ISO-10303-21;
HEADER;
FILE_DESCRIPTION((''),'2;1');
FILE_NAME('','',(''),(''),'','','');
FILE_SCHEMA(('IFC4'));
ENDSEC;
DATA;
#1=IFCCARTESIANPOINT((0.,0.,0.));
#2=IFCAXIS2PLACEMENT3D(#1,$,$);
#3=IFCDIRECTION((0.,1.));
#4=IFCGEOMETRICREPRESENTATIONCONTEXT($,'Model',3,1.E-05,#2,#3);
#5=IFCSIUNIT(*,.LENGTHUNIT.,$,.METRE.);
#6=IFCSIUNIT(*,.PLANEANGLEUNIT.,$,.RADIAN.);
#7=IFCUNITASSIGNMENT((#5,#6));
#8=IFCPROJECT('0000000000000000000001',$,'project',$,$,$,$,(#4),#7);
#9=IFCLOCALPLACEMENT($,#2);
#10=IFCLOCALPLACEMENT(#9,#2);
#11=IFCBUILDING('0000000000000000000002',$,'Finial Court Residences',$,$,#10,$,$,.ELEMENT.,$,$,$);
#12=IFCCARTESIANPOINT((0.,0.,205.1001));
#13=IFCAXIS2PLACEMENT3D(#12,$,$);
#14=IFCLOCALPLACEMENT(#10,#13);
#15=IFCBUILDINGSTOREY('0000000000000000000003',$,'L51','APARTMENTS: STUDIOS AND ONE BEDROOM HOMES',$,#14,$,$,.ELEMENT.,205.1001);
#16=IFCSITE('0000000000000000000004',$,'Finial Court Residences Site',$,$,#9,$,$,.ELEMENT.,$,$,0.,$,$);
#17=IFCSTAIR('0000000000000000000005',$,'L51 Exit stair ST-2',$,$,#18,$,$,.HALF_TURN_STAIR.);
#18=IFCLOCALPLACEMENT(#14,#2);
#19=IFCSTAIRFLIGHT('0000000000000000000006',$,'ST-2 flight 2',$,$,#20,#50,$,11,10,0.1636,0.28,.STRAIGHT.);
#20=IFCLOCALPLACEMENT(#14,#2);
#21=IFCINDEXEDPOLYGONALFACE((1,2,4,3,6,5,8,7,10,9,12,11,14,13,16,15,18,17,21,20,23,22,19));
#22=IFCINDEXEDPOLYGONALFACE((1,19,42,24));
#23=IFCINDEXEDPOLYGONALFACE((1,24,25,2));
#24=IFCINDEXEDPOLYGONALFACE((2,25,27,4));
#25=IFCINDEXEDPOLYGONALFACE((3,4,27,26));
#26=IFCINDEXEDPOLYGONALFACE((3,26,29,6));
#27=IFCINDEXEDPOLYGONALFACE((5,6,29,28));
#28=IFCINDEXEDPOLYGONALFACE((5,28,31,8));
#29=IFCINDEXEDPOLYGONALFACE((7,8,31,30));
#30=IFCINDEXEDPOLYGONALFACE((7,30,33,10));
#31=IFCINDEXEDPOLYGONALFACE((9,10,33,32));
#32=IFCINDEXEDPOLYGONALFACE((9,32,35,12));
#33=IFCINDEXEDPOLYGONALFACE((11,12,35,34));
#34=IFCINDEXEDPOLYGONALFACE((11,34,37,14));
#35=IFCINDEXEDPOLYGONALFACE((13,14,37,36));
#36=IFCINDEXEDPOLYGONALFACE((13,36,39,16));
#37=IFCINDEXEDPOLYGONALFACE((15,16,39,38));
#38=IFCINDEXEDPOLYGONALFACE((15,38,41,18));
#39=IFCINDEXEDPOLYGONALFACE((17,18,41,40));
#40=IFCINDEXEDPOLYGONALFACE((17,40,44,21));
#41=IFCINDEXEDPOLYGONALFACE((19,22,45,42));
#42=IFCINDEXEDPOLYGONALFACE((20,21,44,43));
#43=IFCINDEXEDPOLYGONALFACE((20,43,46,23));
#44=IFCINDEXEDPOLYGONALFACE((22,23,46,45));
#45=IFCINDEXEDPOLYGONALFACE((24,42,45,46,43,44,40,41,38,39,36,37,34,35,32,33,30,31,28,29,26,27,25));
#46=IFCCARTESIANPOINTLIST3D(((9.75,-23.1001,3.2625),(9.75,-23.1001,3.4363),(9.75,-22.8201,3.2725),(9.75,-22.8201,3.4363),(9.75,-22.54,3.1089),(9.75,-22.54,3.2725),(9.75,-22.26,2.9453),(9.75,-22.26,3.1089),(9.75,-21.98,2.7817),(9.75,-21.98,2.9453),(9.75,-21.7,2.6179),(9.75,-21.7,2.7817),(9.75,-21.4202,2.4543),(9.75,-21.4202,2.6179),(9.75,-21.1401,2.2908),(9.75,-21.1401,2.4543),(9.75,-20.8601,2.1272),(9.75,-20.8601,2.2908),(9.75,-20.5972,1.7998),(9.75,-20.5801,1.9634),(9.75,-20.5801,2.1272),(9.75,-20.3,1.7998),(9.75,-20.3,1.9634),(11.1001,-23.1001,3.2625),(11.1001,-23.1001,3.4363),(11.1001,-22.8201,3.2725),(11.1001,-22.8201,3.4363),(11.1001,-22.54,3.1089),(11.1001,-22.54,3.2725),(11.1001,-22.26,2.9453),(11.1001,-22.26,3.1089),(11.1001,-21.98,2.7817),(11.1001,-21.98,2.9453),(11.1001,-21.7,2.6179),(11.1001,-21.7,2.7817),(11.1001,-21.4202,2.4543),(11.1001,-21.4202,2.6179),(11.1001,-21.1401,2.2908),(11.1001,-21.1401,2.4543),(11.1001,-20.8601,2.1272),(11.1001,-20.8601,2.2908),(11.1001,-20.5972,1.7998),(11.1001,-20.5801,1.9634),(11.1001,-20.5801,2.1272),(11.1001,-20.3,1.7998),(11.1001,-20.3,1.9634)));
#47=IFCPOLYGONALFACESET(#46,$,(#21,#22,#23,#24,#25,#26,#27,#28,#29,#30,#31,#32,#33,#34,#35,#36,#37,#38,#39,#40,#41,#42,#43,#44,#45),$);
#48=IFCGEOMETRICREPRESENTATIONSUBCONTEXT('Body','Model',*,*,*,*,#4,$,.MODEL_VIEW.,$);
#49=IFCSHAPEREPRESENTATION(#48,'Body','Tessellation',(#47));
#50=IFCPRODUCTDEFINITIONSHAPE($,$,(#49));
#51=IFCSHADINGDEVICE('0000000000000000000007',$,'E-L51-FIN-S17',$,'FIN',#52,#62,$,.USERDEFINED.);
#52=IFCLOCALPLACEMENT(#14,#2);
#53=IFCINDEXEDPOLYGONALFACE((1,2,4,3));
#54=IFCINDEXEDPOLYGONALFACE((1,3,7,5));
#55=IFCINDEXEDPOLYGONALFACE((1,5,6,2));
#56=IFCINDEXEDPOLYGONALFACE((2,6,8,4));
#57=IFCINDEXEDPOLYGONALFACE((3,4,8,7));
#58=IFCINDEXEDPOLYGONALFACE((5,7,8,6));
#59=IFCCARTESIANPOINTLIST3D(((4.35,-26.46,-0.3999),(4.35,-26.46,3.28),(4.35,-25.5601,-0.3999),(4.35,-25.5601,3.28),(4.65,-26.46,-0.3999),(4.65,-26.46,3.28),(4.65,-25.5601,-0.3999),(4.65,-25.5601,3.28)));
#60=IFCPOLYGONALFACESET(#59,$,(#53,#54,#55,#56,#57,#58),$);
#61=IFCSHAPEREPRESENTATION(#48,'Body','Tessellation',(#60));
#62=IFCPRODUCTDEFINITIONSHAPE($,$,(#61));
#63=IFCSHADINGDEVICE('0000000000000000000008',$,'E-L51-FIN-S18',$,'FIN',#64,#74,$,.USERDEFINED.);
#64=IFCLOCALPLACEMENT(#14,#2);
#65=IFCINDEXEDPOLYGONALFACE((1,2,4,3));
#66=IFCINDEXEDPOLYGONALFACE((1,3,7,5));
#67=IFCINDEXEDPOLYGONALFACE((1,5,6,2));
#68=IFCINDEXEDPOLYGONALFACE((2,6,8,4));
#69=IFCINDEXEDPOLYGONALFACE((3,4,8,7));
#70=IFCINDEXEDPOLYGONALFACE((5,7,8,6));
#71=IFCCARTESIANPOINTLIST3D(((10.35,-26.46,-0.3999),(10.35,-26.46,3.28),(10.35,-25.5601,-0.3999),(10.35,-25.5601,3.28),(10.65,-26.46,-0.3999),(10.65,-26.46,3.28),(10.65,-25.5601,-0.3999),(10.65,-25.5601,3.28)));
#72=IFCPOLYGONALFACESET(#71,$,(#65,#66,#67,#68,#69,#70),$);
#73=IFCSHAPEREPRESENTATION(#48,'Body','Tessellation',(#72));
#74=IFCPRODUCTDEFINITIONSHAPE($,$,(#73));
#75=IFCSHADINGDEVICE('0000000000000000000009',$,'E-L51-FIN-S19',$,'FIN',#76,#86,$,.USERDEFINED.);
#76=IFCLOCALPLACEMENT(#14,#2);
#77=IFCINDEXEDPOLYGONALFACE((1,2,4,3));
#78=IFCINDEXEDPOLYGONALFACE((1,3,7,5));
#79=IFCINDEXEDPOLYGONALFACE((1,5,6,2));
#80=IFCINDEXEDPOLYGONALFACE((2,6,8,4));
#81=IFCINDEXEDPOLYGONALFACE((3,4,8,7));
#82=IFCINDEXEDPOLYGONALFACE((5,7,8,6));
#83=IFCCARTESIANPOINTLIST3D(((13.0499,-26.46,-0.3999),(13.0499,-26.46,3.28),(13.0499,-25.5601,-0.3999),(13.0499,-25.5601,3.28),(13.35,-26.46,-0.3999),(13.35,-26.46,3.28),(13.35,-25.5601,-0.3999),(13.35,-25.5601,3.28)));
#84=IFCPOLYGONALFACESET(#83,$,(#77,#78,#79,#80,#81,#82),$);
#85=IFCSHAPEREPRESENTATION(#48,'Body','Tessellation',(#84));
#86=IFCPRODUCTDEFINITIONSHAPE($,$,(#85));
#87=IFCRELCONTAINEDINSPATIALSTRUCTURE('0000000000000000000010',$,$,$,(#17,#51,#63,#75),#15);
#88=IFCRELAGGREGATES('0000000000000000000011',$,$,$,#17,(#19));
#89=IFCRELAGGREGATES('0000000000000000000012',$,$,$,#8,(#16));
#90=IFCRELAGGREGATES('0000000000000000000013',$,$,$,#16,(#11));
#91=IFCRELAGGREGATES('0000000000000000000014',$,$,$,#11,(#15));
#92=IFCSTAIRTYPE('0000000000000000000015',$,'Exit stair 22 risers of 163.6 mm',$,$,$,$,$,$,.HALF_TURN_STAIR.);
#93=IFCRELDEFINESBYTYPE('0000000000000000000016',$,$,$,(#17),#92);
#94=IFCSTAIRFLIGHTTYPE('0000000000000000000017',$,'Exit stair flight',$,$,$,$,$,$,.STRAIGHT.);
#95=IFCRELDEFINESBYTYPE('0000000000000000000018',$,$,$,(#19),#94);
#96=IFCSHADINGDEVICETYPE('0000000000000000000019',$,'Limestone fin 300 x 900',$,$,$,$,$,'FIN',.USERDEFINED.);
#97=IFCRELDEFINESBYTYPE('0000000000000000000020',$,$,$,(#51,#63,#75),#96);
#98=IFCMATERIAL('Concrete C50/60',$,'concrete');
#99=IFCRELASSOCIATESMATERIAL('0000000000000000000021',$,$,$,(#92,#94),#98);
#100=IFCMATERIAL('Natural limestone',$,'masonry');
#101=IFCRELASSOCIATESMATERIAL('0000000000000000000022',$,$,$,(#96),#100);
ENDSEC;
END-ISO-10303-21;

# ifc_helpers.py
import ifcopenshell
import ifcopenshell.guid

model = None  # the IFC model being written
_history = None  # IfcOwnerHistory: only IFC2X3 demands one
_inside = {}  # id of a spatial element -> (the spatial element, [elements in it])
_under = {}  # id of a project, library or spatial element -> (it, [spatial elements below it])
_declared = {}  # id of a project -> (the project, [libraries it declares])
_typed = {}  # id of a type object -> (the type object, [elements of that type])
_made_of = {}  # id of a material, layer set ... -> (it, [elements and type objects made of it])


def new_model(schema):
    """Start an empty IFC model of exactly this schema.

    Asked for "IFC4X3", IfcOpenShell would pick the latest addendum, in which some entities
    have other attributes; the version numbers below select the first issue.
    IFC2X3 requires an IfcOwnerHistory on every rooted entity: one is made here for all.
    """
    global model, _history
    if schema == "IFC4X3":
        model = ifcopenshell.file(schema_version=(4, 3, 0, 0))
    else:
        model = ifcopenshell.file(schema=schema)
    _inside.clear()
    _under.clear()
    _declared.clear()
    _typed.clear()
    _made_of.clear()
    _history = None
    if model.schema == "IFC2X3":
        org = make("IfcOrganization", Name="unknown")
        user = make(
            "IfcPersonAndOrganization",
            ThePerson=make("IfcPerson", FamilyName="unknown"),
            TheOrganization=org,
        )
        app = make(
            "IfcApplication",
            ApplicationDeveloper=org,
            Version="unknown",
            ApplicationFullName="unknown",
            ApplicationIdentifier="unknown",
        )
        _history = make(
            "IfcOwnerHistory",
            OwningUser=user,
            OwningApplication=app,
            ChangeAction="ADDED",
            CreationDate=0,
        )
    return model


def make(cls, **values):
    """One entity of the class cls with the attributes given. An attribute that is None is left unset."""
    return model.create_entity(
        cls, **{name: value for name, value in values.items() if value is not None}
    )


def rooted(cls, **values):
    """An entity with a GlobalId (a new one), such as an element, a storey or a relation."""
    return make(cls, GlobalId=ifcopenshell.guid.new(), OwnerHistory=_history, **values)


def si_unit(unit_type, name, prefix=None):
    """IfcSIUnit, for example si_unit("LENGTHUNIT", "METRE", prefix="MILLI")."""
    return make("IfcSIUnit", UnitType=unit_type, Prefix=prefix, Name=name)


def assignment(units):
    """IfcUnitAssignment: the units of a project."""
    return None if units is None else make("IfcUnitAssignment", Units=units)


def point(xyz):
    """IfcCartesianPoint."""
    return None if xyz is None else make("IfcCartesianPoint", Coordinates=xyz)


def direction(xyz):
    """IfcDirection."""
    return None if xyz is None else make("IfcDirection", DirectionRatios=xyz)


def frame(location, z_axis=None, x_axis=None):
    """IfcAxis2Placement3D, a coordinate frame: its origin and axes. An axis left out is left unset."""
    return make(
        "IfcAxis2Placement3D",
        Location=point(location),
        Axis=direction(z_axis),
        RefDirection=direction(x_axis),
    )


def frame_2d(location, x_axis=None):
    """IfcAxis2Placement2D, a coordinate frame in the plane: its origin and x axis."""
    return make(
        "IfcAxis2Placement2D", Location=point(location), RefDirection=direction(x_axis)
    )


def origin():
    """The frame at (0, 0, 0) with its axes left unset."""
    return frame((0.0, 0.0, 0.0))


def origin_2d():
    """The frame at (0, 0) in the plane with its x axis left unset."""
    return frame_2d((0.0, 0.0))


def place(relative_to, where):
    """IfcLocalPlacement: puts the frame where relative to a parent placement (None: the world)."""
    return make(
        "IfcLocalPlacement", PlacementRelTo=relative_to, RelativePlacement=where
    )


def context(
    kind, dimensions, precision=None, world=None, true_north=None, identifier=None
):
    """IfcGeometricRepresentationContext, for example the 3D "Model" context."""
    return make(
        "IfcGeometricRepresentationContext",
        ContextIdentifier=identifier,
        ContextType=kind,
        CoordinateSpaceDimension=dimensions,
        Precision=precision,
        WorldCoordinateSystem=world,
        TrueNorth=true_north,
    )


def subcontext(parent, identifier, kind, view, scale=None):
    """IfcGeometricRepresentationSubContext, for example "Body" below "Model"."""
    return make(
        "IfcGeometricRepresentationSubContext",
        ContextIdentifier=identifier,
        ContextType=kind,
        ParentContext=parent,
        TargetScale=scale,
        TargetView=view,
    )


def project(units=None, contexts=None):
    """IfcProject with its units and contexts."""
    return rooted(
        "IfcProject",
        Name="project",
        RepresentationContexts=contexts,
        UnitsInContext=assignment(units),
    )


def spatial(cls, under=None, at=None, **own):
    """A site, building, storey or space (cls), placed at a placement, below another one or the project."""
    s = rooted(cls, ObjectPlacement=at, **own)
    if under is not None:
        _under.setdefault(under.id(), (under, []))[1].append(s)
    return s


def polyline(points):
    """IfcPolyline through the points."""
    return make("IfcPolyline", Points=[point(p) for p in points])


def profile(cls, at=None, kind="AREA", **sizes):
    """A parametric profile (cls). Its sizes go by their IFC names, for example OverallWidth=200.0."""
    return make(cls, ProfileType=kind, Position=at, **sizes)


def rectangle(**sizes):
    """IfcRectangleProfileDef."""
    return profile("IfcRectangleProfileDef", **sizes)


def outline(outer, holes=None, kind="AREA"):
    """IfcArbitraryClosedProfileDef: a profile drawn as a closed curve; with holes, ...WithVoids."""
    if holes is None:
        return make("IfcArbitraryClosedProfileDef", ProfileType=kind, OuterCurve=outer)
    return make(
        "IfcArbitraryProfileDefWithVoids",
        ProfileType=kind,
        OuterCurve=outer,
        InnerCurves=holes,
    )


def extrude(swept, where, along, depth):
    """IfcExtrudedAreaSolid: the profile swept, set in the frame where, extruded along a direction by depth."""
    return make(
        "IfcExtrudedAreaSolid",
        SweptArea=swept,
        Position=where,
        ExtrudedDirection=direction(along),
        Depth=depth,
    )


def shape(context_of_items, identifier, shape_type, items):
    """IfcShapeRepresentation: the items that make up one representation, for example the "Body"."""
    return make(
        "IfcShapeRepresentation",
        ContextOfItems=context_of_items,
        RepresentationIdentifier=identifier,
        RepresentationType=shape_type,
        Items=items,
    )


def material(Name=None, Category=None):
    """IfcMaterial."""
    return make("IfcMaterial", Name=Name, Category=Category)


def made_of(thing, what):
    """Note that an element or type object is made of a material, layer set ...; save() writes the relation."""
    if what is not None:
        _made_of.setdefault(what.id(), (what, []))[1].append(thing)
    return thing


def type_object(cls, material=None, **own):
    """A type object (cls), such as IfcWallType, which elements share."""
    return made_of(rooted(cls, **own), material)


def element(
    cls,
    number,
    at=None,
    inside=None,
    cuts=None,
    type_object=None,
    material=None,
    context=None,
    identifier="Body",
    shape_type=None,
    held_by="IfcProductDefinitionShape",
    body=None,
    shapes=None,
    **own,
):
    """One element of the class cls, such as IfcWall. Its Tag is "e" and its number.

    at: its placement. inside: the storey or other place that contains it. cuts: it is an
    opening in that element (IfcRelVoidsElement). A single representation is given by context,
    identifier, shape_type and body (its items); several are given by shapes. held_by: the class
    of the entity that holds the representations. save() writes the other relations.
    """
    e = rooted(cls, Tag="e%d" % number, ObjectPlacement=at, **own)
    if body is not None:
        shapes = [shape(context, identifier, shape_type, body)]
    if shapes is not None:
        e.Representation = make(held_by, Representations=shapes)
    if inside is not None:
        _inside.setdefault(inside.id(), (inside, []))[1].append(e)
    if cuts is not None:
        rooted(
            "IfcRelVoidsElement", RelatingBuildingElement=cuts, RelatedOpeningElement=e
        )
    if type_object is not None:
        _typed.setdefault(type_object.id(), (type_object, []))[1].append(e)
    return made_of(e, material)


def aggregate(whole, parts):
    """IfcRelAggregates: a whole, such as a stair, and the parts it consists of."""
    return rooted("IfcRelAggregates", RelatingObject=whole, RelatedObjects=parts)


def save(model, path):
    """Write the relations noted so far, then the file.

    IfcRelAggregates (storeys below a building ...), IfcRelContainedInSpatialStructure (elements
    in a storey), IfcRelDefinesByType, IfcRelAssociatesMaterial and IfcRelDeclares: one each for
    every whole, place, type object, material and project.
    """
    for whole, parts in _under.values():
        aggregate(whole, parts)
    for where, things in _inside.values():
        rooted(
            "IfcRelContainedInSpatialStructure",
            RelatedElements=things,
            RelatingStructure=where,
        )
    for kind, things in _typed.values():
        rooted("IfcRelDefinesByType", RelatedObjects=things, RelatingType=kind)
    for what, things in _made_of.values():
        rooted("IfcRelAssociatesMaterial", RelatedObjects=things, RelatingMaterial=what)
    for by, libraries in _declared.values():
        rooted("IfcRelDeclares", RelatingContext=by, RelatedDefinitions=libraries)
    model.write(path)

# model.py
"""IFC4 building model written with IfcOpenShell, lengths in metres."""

from ifc_helpers import new_model, si_unit, direction, frame, origin, origin_2d, place, context, subcontext, project, spatial, polyline, rectangle, outline, extrude, material, type_object, element, aggregate, save


model = new_model("IFC4")

# Units and contexts
model_context = context("Model", 3, precision=1e-05, world=origin(), true_north=direction((0.0, 1.0)))
body_context = subcontext(model_context, "Body", "Model", "MODEL_VIEW")
ifc_project = project(units=[si_unit("LENGTHUNIT", "METRE"), si_unit("PLANEANGLEUNIT", "RADIAN")], contexts=[model_context])

# Site, building, storey
site_placement = place(None, origin())
site = spatial("IfcSite", under=ifc_project, at=site_placement, Name="Finial Court Residences Site", CompositionType="ELEMENT", RefElevation=0.0)
building_placement = place(site_placement, origin())
building = spatial("IfcBuilding", under=site, at=building_placement, Name="Finial Court Residences", CompositionType="ELEMENT")
storey_placement = place(building_placement, frame((0.0, 0.0, 205.1001)))
storey = spatial("IfcBuildingStorey", under=building, at=storey_placement, Name="L51", Description="APARTMENTS: STUDIOS AND ONE BEDROOM HOMES", CompositionType="ELEMENT", Elevation=205.1001)

# Stair, stair flight
ifc_material_1 = material(Name="Concrete C50/60", Category="concrete")
stair_type = type_object("IfcStairType", Name="Exit stair 22 risers of 163.6 mm", PredefinedType="HALF_TURN_STAIR", material=ifc_material_1)
stair_placement = place(storey_placement, origin())
stair = element("IfcStair", 1, at=stair_placement, inside=storey, type_object=stair_type, Name="L51 Exit stair ST-2", PredefinedType="HALF_TURN_STAIR")
stair_flight_type = type_object("IfcStairFlightType", Name="Exit stair flight", PredefinedType="STRAIGHT", material=ifc_material_1)
stair_flight_1_placement = place(storey_placement, frame((10.425, -20.3, 1.7998), z_axis=(0.0, 0.0, 1.0), x_axis=(0.0, -1.0, 0.0)))
stair_flight_1 = element("IfcStairFlight", 2, at=stair_flight_1_placement, type_object=stair_flight_type, Name="ST-2 flight 2", NumberOfRisers=11, NumberOfTreads=10, PredefinedType="STRAIGHT", RiserHeight=0.1636, TreadLength=0.28, context=body_context, shape_type="SweptSolid", body=[
    extrude(outline(polyline([(0.0, 0.0), (0.0, 0.1636), (0.28, 0.1636), (0.28, 0.3274), (0.5601, 0.3274), (0.5601, 0.491), (0.8401, 0.491), (0.8401, 0.6545), (1.1201, 0.6545), (1.1201, 0.8181), (1.3999, 0.8181), (1.3999, 0.9819), (1.6799, 0.9819), (1.6799, 1.1455), (1.96, 1.1455), (1.96, 1.3091), (2.24, 1.3091), (2.24, 1.4727), (2.52, 1.4727), (2.52, 1.6365), (2.8, 1.6365), (2.8, 1.8), (2.8, 1.4626), (0.2971, 0.0), (0.0, 0.0)])), frame((0.0, 0.675, 0.0), z_axis=(0.0, -1.0, 0.0), x_axis=(1.0, 0.0, 0.0)), (0.0, 0.0, 1.0), 1.3501),
])
aggregate(stair, [stair_flight_1])

# Shading devices
ifc_material_2 = material(Name="Natural limestone", Category="masonry")
shading_device_type = type_object("IfcShadingDeviceType", Name="Limestone fin 300 x 900", ElementType="FIN", PredefinedType="USERDEFINED", material=ifc_material_2)
for number, where, z_axis, x_axis, name in (
    (3, (4.5, -26.01, -0.3999), (0.0, 0.0, 1.0), (1.0, 0.0, 0.0), "E-L51-FIN-S17"),
    (4, (10.5, -26.01, -0.3999), (0.0, 0.0, 1.0), (1.0, 0.0, 0.0), "E-L51-FIN-S18"),
    (5, (13.2, -26.01, -0.3999), (0.0, 0.0, 1.0), (1.0, 0.0, 0.0), "E-L51-FIN-S19"),
):
    element("IfcShadingDevice", number, at=place(storey_placement, frame(where, z_axis=z_axis, x_axis=x_axis)), inside=storey, type_object=shading_device_type, Name=name, ObjectType="FIN", PredefinedType="USERDEFINED", context=body_context, shape_type="SweptSolid", body=[
        extrude(rectangle(XDim=0.3, YDim=0.8999, at=origin_2d()), origin(), (0.0, 0.0, 1.0), 3.6799),
    ])

save(model, "model.ifc")
